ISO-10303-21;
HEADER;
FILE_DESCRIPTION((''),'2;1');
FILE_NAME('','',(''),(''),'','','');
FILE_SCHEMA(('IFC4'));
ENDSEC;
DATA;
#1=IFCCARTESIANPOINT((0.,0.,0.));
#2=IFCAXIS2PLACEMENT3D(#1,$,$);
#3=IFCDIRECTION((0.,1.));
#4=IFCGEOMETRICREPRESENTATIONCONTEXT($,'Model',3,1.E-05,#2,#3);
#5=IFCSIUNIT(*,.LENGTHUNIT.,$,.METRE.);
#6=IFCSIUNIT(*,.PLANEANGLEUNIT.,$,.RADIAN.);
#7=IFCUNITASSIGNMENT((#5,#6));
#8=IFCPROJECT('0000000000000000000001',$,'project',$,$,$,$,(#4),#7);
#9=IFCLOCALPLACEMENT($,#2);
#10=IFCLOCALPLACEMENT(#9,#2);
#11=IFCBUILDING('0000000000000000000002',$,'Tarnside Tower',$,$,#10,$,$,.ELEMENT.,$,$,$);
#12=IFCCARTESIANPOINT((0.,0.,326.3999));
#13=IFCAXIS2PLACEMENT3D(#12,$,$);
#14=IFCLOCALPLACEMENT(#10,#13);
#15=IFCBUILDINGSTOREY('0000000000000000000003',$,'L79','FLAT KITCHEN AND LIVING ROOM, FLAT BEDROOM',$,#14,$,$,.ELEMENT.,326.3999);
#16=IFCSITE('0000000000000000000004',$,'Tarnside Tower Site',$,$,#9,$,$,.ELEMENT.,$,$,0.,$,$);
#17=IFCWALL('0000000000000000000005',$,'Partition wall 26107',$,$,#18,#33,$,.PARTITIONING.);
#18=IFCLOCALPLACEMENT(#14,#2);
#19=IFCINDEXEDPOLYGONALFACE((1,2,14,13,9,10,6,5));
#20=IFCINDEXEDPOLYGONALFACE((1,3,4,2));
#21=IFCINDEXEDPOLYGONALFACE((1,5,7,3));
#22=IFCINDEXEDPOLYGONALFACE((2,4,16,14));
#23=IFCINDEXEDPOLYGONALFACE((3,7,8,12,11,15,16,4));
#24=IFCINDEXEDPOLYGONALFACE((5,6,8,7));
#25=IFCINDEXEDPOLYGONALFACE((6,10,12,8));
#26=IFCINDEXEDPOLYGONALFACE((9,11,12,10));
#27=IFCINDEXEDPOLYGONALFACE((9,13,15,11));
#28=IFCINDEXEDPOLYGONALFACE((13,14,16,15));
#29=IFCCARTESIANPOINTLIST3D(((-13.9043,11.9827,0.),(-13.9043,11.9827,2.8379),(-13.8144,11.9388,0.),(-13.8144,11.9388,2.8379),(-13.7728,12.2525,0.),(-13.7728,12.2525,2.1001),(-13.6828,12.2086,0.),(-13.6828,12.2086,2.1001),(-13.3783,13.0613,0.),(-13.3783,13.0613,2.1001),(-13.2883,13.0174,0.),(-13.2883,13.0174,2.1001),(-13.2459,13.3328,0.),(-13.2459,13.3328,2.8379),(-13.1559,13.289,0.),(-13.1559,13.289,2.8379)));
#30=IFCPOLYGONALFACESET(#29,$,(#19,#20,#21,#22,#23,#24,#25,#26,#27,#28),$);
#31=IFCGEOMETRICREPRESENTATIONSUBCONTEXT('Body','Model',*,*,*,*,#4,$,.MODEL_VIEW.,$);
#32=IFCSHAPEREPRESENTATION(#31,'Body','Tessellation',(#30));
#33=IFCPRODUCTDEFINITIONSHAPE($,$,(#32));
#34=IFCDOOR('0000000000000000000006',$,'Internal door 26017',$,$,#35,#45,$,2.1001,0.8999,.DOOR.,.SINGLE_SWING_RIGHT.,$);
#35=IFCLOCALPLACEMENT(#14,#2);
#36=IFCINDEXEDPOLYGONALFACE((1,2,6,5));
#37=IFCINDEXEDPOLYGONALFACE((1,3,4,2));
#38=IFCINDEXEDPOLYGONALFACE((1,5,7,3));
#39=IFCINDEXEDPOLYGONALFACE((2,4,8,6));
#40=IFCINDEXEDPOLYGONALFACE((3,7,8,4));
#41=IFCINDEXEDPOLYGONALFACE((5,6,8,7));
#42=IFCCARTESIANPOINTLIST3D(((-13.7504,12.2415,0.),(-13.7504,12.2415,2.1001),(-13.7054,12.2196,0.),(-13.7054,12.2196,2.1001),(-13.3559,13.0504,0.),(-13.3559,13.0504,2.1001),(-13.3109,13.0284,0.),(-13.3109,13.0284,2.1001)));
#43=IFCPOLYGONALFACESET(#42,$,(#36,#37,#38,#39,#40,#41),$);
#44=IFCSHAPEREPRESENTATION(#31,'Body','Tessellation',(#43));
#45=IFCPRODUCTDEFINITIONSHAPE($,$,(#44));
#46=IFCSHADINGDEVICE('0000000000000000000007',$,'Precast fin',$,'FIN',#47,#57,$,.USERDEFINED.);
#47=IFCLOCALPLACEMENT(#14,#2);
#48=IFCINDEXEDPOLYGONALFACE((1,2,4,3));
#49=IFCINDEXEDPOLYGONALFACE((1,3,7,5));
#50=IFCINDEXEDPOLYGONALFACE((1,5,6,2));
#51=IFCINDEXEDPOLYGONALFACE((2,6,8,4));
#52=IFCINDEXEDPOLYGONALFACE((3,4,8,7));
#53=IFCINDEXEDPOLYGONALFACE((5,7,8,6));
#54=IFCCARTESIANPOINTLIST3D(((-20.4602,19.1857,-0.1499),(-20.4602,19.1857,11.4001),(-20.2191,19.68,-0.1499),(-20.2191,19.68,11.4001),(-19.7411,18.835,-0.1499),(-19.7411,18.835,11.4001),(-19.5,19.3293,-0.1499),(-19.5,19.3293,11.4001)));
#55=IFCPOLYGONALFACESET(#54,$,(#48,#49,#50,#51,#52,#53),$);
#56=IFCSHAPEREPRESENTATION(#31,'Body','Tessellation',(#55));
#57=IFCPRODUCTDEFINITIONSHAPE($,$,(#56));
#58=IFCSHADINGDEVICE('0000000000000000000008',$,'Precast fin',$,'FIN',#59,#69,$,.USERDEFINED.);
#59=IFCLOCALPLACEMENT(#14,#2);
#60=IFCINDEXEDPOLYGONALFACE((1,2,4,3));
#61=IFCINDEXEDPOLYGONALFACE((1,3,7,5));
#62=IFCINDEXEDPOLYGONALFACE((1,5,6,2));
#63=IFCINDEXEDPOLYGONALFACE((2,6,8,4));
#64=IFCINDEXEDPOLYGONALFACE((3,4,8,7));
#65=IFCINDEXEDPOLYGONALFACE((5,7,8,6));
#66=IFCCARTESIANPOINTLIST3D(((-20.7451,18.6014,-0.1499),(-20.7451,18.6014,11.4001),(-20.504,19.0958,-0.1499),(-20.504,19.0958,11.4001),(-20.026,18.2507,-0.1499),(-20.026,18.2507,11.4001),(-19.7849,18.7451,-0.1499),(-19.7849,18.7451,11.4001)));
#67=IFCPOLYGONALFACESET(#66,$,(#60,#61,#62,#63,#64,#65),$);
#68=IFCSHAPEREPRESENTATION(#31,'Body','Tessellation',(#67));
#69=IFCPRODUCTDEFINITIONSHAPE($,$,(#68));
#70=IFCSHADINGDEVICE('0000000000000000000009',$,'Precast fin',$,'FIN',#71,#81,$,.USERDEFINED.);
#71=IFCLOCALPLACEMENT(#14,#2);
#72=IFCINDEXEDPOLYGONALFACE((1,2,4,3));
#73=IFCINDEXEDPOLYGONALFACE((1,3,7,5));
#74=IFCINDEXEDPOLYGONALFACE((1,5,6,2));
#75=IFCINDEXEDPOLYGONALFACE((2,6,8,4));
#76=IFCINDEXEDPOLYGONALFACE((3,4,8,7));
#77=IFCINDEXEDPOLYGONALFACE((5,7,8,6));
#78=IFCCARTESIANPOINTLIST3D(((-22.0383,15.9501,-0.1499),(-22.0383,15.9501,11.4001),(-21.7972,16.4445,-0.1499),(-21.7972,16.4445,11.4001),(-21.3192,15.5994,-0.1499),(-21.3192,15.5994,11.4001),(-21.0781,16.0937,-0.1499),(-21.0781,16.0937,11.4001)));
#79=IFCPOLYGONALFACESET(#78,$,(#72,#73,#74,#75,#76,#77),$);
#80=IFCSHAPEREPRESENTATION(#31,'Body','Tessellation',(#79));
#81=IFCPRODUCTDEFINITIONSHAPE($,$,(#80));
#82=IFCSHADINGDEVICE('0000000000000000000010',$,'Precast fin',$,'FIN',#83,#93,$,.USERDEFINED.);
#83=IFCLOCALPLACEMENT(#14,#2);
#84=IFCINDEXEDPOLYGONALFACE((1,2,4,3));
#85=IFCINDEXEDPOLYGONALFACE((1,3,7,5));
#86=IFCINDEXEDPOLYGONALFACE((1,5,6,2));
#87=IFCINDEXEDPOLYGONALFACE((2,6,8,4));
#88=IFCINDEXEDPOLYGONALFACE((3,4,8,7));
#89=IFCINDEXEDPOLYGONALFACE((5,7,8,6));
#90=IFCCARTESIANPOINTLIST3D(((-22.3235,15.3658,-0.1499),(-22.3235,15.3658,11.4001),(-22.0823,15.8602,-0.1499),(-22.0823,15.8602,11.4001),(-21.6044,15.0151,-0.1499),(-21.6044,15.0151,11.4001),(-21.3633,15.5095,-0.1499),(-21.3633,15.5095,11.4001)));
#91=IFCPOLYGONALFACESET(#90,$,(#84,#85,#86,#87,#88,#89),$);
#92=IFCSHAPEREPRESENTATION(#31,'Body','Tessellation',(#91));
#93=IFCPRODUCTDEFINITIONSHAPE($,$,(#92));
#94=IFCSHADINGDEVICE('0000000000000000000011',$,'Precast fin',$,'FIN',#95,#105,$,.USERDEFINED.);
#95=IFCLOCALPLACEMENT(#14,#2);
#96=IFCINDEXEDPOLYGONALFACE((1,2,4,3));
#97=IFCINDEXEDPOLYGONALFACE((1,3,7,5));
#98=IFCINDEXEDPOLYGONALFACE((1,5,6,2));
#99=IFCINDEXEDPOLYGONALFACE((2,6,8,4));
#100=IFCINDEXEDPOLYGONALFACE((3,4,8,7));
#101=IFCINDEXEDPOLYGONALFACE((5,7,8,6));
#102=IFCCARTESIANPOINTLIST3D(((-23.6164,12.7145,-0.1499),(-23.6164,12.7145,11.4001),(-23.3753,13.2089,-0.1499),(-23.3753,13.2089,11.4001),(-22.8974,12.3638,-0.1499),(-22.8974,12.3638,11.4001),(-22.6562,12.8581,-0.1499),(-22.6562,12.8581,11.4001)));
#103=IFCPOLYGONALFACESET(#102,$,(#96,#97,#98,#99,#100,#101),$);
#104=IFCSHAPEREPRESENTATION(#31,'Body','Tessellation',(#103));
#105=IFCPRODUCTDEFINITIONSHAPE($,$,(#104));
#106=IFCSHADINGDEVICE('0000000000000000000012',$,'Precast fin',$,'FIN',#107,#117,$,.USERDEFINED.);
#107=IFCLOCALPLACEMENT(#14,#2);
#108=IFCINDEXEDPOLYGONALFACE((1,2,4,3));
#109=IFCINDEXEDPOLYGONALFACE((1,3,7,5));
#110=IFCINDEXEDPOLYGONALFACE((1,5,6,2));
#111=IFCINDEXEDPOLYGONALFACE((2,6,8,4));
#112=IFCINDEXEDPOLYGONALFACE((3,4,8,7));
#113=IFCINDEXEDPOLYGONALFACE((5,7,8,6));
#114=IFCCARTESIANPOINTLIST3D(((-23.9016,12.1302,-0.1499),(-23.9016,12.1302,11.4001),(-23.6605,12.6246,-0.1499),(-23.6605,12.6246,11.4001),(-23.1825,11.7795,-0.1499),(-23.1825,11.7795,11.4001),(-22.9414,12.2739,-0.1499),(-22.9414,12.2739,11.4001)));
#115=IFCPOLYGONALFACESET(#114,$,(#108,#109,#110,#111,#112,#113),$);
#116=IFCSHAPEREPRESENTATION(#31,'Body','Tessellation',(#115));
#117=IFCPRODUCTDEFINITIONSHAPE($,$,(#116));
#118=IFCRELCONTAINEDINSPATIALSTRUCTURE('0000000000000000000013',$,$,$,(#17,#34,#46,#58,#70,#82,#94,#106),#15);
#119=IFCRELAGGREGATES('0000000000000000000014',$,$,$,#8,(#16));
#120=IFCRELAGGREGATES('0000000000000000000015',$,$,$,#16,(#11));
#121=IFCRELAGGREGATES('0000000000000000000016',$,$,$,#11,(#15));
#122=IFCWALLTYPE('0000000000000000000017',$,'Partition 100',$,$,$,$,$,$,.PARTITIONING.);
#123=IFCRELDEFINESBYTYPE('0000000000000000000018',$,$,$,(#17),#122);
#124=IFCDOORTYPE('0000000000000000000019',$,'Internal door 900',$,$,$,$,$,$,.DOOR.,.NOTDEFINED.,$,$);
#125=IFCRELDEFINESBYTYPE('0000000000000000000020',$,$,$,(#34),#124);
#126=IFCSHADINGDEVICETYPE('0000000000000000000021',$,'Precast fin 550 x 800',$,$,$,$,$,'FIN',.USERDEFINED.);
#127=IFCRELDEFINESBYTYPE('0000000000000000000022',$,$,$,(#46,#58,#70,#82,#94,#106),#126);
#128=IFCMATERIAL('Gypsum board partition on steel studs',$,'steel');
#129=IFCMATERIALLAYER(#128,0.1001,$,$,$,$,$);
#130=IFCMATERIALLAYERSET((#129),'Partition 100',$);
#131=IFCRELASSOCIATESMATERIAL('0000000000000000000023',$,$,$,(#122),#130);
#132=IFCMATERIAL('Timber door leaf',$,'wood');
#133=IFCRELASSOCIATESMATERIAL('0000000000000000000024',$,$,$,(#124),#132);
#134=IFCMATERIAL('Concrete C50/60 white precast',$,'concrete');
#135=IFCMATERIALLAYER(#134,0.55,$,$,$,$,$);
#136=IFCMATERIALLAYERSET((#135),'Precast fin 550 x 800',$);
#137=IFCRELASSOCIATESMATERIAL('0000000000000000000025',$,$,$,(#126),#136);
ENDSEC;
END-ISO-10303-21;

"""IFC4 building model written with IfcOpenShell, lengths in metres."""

from ifc_helpers import new_model, si_unit, direction, frame, frame_2d, origin, place, context, subcontext, project, spatial, polyline, rectangle, outline, extrude, material, layer, layer_set, type_object, element, fill, save


model = new_model("IFC4")

# Units and contexts
model_context = context("Model", 3, precision=1e-05, world=origin(), true_north=direction((0.0, 1.0)))
body_context = subcontext(model_context, "Body", "Model", "MODEL_VIEW")
ifc_project = project(units=[si_unit("LENGTHUNIT", "METRE"), si_unit("PLANEANGLEUNIT", "RADIAN")], contexts=[model_context])

# Site, building, storey
site_placement = place(None, origin())
site = spatial("IfcSite", under=ifc_project, at=site_placement, Name="Tarnside Tower Site", CompositionType="ELEMENT", RefElevation=0.0)
building_placement = place(site_placement, origin())
building = spatial("IfcBuilding", under=site, at=building_placement, Name="Tarnside Tower", CompositionType="ELEMENT")
storey_placement = place(building_placement, frame((0.0, 0.0, 326.3999)))
storey = spatial("IfcBuildingStorey", under=building, at=storey_placement, Name="L79", Description="FLAT KITCHEN AND LIVING ROOM, FLAT BEDROOM", CompositionType="ELEMENT", Elevation=326.3999)

# Shared definitions
ifc_material_1 = material(Name="Gypsum board partition on steel studs", Category="steel")
ifc_layer_1 = layer(ifc_material_1, 0.1001)
ifc_layer_set_1 = layer_set([ifc_layer_1], Name="Partition 100")
wall_type_1 = type_object("IfcWallType", Name="Partition 100", PredefinedType="PARTITIONING", material=ifc_layer_set_1)

# Wall, opening, door
wall_1_placement = place(storey_placement, frame((-13.2009, 13.3108, 0.0), z_axis=(0.0, 0.0, 1.0), x_axis=(-0.43835, -0.898804, 0.0)))
wall_1 = element("IfcWall", 1, at=wall_1_placement, inside=storey, type_object=wall_type_1, Name="Partition wall 26107", PredefinedType="PARTITIONING", context=body_context, shape_type="SweptSolid", body=[
    extrude(rectangle(XDim=1.5022, YDim=0.1001, at=frame_2d((0.751, 0.0))), origin(), (0.0, 0.0, 1.0), 2.8379),
])
opening_placement = place(wall_1_placement, frame((0.302, 0.0, 0.0)))
opening = element("IfcOpeningElement", 2, at=opening_placement, cuts=wall_1, PredefinedType="OPENING", context=body_context, shape_type="SweptSolid", body=[
    extrude(rectangle(XDim=0.8999, YDim=2.1001, at=frame_2d((0.45, 1.05))), frame((0.0, 0.0601, 0.0), z_axis=(0.0, -1.0, 0.0), x_axis=(1.0, 0.0, 0.0)), (0.0, 0.0, 1.0), 0.1201),
])
ifc_material_2 = material(Name="Timber door leaf", Category="wood")
door_type = type_object("IfcDoorType", Name="Internal door 900", OperationType="NOTDEFINED", PredefinedType="DOOR", material=ifc_material_2)
door_placement = place(opening_placement, origin())
door = element("IfcDoor", 3, at=door_placement, inside=storey, type_object=door_type, Name="Internal door 26017", OperationType="SINGLE_SWING_RIGHT", OverallHeight=2.1001, OverallWidth=0.8999, PredefinedType="DOOR", context=body_context, shape_type="SweptSolid", body=[
    extrude(rectangle(XDim=0.8999, YDim=2.1001, at=frame_2d((0.45, 1.05))), frame((0.0, 0.0249, 0.0), z_axis=(0.0, -1.0, 0.0), x_axis=(1.0, 0.0, 0.0)), (0.0, 0.0, 1.0), 0.05),
])
fill(opening, door)

# Shading devices
ifc_material_3 = material(Name="Concrete C50/60 white precast", Category="concrete")
ifc_layer_2 = layer(ifc_material_3, 0.55)
ifc_layer_set_2 = layer_set([ifc_layer_2], Name="Precast fin 550 x 800")
shading_device_type = type_object("IfcShadingDeviceType", Name="Precast fin 550 x 800", ElementType="FIN", PredefinedType="USERDEFINED", material=ifc_layer_set_2)
for number, where, z_axis, x_axis, name in (
    (4, (-19.6206, 19.082, -0.1499), (0.438371, 0.898794, 0.0), (-0.898794, 0.438371, 0.0), "Precast fin"),
    (5, (-19.9055, 18.4978, -0.1499), (0.438371, 0.898794, 0.0), (-0.898794, 0.438371, 0.0), "Precast fin"),
    (6, (-21.1987, 15.8464, -0.1499), (0.438371, 0.898794, 0.0), (-0.898794, 0.438371, 0.0), "Precast fin"),
    (7, (-21.4839, 15.2622, -0.1499), (0.438371, 0.898794, 0.0), (-0.898794, 0.438371, 0.0), "Precast fin"),
    (8, (-22.7769, 12.6108, -0.1499), (0.438371, 0.898794, 0.0), (-0.898794, 0.438371, 0.0), "Precast fin"),
    (9, (-23.062, 12.0266, -0.1499), (0.438371, 0.898794, 0.0), (-0.898794, 0.438371, 0.0), "Precast fin"),
):
    element("IfcShadingDevice", number, at=place(storey_placement, frame(where, z_axis=z_axis, x_axis=x_axis)), inside=storey, type_object=shading_device_type, Name=name, ObjectType="FIN", PredefinedType="USERDEFINED", context=body_context, shape_type="SweptSolid", body=[
        extrude(outline(polyline([(0.0, 0.0), (0.8, 0.0), (0.8, 11.55), (0.0, 11.55), (0.0, 0.0)])), frame((0.0, 0.0, -0.2749)), (0.0, 0.0, 1.0), 0.55),
    ])

save(model, "model.ifc")
